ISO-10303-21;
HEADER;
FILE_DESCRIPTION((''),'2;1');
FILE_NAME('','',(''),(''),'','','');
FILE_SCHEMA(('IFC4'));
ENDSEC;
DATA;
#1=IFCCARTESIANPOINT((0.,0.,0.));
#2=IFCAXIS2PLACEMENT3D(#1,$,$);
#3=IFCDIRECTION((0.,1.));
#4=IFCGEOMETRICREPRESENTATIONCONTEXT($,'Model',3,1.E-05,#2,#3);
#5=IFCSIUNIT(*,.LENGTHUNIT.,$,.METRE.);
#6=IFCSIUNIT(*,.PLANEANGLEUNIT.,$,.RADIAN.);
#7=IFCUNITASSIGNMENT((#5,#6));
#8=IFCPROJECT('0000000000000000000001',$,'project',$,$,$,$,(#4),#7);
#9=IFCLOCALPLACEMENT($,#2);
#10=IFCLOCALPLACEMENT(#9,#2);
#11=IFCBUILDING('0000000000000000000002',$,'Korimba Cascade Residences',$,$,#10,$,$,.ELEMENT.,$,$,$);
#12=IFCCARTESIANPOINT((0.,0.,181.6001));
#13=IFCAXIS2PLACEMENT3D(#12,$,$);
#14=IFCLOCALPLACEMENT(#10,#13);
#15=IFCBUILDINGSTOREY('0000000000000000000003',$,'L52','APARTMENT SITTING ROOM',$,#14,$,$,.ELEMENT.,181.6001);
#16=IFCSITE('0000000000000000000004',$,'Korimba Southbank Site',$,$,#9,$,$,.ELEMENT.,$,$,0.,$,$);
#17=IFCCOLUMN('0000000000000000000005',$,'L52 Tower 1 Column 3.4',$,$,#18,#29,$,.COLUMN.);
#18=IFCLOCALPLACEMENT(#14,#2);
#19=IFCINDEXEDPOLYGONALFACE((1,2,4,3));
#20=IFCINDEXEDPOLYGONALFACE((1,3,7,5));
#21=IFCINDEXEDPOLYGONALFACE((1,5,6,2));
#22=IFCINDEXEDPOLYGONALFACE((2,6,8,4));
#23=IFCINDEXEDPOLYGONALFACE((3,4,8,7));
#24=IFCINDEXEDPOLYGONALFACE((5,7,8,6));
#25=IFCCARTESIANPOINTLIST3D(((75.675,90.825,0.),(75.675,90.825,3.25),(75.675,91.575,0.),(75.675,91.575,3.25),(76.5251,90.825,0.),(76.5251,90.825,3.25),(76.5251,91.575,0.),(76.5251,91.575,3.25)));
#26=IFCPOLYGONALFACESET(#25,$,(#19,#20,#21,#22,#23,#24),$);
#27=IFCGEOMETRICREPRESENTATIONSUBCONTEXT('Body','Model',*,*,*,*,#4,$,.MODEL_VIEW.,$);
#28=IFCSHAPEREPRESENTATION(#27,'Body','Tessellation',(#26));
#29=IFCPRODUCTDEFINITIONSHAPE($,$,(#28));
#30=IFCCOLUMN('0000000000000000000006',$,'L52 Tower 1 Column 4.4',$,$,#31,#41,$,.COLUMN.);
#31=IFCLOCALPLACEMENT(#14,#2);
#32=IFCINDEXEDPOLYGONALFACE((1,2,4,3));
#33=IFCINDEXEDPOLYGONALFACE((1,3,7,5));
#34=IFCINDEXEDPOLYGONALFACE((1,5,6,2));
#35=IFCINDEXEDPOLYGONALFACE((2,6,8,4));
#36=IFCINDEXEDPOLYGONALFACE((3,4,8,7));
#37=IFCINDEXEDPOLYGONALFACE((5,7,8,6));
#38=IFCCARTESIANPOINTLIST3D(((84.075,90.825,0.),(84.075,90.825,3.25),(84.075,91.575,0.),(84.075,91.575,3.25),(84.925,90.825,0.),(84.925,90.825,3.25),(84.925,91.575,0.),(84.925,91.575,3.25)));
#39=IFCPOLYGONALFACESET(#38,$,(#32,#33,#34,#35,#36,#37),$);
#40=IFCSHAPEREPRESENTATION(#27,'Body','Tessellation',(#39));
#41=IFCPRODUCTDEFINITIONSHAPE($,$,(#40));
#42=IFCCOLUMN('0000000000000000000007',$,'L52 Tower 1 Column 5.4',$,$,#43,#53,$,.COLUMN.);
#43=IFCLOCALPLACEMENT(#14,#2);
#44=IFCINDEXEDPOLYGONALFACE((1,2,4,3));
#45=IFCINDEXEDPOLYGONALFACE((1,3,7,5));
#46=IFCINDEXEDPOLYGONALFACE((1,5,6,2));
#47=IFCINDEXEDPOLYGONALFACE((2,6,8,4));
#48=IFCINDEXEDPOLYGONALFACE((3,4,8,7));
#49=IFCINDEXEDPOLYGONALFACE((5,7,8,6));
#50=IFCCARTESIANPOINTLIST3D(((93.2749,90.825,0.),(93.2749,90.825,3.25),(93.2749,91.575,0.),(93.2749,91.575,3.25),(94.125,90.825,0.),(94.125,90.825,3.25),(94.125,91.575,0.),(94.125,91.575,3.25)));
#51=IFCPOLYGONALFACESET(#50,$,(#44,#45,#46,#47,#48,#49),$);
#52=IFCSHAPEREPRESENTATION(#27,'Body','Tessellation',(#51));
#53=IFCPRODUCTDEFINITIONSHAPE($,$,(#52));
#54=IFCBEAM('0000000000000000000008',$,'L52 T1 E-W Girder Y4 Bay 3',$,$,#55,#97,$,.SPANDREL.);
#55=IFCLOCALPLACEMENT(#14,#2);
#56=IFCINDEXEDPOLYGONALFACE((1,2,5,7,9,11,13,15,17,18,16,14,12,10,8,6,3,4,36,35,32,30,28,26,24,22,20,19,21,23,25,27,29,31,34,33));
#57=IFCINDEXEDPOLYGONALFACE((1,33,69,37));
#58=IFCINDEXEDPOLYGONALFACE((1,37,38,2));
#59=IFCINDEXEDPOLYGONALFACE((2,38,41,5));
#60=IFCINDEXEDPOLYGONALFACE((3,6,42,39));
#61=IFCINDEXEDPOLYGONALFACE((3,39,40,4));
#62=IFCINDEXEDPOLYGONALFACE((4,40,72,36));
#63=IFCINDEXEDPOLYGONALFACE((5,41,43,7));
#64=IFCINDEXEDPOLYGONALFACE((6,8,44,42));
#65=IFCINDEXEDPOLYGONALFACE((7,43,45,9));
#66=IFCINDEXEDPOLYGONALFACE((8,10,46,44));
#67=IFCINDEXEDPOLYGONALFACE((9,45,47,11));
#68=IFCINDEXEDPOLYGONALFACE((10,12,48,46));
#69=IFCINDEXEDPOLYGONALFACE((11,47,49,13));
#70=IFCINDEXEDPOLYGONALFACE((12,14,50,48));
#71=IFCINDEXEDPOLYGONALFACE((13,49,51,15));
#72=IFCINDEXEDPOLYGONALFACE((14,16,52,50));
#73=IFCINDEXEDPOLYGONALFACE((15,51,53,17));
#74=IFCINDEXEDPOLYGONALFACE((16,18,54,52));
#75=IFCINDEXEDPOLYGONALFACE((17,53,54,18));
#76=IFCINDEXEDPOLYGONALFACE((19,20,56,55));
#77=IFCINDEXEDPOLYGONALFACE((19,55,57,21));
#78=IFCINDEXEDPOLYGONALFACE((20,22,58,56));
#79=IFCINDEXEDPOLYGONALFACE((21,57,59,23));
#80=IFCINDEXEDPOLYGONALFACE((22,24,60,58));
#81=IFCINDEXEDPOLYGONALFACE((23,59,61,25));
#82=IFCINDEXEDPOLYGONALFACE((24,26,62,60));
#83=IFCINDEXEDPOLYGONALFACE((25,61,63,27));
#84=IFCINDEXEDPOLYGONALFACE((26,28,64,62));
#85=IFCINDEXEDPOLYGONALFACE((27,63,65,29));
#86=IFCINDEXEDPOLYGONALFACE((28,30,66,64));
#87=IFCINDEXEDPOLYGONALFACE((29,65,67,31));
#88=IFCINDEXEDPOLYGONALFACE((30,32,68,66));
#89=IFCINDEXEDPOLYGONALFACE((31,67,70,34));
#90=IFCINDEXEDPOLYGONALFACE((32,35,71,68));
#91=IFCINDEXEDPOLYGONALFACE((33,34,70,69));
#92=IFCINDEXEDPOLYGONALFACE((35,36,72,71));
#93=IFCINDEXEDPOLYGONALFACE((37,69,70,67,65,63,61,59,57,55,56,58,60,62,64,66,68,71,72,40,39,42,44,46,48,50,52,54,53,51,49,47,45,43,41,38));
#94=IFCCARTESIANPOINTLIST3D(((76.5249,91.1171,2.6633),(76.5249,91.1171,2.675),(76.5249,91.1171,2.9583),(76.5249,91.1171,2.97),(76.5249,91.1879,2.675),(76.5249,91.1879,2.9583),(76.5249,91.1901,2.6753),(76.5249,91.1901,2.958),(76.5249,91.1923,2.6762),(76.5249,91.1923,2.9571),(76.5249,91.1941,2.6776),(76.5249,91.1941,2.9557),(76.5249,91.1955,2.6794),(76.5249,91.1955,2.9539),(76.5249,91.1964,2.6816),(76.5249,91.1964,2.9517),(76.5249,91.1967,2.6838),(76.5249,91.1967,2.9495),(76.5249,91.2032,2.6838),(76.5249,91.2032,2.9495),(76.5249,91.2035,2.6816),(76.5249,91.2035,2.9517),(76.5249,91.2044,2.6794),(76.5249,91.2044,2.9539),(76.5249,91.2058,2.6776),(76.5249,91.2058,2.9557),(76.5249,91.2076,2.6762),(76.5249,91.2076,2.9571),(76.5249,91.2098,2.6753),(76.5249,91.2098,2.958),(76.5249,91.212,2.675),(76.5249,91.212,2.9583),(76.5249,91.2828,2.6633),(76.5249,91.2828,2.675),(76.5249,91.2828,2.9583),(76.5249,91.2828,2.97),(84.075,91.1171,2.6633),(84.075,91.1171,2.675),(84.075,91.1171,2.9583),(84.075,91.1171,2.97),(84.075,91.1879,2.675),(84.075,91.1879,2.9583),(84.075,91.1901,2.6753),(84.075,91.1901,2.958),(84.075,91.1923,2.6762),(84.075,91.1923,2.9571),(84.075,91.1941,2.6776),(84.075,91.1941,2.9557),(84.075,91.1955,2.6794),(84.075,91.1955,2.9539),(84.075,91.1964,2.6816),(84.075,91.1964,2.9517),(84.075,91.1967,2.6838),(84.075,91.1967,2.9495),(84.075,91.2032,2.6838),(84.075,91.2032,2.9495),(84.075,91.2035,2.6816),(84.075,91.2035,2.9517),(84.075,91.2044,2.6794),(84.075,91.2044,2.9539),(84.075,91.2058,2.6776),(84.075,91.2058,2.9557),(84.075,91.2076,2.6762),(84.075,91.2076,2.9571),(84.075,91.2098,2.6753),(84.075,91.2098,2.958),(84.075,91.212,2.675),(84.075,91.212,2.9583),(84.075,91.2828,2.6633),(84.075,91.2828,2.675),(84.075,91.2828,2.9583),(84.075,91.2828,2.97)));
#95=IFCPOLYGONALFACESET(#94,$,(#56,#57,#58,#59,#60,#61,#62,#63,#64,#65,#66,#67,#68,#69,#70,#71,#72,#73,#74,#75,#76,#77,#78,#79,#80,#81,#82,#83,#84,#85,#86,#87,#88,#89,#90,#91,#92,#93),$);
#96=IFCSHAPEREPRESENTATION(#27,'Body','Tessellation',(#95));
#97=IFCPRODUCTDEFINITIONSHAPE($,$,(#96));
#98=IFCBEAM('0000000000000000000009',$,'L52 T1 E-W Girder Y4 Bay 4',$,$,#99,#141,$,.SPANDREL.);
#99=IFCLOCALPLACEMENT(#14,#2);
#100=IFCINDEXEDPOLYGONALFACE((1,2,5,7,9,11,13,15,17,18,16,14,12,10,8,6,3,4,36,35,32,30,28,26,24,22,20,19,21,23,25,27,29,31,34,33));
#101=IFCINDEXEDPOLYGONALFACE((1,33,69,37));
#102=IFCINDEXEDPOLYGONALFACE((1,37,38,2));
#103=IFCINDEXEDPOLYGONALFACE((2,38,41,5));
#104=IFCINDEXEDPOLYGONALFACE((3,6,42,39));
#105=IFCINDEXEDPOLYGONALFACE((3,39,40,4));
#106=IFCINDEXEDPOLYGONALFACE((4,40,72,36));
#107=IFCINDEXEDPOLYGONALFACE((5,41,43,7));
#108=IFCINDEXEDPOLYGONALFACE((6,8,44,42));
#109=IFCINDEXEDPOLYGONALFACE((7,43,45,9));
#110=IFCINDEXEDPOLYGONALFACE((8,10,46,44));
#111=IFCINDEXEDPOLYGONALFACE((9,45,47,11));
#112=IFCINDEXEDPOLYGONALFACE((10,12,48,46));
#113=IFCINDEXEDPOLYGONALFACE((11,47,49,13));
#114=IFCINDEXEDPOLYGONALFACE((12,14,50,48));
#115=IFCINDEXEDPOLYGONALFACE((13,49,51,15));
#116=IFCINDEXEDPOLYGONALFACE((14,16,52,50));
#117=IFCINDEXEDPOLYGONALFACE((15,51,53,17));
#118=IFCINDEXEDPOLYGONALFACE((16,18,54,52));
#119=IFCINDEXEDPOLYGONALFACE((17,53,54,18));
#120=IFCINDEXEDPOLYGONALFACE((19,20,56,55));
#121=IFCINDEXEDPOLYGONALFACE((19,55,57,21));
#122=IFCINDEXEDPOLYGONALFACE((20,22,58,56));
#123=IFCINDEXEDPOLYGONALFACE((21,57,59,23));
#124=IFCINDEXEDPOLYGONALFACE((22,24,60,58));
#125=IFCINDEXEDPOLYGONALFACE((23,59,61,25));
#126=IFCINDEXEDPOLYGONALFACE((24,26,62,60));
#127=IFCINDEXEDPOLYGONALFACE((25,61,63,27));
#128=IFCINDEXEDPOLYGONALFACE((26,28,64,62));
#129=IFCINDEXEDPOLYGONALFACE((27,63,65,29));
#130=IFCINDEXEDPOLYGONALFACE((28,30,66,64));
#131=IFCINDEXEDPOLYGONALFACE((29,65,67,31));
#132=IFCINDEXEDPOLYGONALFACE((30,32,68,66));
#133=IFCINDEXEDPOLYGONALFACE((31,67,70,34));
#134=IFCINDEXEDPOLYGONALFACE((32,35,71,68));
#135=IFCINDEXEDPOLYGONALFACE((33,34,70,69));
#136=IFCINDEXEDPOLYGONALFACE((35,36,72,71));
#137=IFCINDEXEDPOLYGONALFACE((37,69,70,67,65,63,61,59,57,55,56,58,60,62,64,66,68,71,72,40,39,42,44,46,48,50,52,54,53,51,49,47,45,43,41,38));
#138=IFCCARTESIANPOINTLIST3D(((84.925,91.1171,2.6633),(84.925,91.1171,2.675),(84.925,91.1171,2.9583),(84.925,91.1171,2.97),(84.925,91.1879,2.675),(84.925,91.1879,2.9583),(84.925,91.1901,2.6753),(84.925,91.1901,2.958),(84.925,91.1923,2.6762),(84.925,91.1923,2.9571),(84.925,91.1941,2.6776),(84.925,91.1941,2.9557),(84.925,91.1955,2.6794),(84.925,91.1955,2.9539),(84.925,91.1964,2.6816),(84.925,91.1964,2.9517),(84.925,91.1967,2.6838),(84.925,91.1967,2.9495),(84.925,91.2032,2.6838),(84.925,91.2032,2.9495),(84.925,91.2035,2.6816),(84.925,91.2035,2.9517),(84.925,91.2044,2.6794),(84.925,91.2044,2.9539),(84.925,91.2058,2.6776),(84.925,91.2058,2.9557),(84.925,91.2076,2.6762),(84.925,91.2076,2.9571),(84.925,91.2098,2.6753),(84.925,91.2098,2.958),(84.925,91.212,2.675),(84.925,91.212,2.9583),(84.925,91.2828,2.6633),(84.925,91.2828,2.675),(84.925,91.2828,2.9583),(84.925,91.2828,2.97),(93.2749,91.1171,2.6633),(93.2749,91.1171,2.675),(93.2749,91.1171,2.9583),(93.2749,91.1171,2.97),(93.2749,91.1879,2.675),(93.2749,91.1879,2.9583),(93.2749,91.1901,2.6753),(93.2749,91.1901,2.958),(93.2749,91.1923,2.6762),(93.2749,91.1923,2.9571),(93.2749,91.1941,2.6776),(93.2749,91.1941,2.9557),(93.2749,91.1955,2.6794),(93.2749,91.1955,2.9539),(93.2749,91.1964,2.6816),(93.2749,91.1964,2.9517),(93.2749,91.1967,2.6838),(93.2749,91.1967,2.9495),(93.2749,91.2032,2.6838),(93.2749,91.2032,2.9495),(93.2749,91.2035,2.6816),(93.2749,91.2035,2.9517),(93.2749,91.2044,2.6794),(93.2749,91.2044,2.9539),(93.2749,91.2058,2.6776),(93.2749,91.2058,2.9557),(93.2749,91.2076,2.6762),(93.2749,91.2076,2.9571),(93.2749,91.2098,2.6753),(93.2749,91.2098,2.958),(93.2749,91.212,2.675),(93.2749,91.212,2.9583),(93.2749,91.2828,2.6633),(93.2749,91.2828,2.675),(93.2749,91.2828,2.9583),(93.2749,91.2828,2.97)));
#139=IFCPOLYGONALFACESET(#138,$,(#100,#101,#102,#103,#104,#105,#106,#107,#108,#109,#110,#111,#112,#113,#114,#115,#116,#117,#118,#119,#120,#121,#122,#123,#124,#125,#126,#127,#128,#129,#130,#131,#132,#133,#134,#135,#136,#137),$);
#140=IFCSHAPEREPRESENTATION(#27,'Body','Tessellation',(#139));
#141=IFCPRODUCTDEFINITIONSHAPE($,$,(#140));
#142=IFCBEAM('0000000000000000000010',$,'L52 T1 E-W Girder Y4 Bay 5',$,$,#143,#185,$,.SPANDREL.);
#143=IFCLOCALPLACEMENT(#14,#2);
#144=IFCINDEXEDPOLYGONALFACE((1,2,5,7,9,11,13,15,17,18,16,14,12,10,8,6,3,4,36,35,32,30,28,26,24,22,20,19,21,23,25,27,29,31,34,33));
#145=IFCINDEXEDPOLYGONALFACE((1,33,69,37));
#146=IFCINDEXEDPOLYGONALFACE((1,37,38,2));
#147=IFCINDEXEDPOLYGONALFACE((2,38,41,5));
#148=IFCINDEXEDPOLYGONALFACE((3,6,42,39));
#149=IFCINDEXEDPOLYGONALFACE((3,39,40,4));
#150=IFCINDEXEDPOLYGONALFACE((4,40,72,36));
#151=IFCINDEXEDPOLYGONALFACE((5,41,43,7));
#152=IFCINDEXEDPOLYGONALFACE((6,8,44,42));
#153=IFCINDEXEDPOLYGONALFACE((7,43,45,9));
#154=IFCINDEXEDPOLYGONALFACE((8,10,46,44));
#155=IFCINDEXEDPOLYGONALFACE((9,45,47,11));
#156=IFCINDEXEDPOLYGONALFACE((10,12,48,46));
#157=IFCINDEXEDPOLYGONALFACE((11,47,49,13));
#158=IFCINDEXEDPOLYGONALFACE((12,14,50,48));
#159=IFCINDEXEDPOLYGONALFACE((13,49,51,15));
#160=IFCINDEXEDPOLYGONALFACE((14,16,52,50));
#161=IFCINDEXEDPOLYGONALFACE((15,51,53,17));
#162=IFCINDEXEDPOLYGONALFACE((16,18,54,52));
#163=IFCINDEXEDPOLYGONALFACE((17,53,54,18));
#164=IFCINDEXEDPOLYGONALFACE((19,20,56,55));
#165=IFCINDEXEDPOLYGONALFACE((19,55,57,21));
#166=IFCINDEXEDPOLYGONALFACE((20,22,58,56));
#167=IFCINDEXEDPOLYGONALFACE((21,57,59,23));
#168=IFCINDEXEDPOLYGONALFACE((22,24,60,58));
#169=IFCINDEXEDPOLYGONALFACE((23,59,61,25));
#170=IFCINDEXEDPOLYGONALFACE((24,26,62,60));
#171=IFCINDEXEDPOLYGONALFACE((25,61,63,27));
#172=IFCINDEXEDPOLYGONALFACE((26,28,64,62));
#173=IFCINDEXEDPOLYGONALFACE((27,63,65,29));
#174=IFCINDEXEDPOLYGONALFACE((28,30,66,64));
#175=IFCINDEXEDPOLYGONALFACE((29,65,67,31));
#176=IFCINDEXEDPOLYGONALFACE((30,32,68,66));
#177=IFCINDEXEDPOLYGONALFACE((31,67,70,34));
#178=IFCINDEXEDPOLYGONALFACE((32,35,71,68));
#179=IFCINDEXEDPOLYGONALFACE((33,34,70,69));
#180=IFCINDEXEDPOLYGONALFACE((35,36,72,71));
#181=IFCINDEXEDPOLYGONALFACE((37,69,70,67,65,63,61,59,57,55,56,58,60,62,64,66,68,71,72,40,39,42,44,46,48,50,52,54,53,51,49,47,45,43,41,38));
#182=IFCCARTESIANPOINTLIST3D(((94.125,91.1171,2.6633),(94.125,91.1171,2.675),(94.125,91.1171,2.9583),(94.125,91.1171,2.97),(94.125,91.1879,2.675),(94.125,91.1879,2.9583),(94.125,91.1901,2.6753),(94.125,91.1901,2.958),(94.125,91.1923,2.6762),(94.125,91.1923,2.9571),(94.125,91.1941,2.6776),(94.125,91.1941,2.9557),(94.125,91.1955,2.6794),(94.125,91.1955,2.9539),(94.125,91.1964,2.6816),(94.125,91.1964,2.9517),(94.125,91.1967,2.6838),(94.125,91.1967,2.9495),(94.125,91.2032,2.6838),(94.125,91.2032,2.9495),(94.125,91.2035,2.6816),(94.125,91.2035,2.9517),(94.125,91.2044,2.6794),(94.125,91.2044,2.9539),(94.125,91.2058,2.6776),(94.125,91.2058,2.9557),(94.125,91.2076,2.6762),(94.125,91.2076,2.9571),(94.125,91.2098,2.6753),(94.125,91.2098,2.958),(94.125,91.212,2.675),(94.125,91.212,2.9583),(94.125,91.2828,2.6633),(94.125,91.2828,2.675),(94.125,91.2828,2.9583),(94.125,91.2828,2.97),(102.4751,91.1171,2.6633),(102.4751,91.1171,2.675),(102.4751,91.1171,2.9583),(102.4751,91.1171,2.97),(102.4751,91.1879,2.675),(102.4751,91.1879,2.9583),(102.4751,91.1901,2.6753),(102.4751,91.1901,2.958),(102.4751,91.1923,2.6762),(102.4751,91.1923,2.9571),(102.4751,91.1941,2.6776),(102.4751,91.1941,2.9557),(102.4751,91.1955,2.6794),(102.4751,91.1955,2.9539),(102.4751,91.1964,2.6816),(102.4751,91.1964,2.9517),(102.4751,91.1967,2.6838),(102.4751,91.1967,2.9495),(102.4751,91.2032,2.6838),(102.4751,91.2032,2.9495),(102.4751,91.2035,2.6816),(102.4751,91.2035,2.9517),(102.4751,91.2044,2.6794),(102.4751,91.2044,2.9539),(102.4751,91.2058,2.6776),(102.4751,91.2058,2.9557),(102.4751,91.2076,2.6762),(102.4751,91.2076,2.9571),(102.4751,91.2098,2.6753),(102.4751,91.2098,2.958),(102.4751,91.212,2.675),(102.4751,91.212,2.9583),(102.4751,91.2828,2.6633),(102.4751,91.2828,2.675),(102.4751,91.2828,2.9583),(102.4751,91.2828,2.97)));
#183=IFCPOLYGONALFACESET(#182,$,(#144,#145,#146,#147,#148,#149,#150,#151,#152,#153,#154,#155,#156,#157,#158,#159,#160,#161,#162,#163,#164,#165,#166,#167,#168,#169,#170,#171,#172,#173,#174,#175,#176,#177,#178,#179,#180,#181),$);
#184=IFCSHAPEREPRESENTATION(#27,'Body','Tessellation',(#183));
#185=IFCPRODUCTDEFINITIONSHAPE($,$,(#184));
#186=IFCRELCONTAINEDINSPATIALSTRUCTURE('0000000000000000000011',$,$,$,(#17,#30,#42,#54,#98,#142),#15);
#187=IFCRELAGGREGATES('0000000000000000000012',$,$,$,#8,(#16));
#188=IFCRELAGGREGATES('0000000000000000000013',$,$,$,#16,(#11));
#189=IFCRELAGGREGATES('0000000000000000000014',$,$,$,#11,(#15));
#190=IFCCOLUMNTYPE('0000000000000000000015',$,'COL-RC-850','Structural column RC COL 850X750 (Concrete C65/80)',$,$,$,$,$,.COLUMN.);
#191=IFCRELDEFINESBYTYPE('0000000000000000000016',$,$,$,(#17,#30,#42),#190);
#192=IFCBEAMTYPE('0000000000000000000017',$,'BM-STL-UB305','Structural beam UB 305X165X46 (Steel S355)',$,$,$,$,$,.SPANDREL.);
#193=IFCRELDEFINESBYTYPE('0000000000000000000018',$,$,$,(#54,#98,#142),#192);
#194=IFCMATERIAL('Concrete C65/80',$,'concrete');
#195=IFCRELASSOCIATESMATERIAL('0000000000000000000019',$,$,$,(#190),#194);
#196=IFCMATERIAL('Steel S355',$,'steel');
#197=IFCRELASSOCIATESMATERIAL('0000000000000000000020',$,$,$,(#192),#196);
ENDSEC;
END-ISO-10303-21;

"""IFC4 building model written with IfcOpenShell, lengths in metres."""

from ifc_helpers import new_model, si_unit, direction, frame, origin, origin_2d, place, context, subcontext, project, spatial, rectangle, i_section, extrude, material, material_profile, profile_set, type_object, element, save


model = new_model("IFC4")

# Units and contexts
model_context = context("Model", 3, precision=1e-05, world=origin(), true_north=direction((0.0, 1.0)))
body_context = subcontext(model_context, "Body", "Model", "MODEL_VIEW")
ifc_project = project(units=[si_unit("LENGTHUNIT", "METRE"), si_unit("PLANEANGLEUNIT", "RADIAN")], contexts=[model_context])

# Site, building, storey
site_placement = place(None, origin())
site = spatial("IfcSite", under=ifc_project, at=site_placement, Name="Korimba Southbank Site", CompositionType="ELEMENT", RefElevation=0.0)
building_placement = place(site_placement, origin())
building = spatial("IfcBuilding", under=site, at=building_placement, Name="Korimba Cascade Residences", CompositionType="ELEMENT")
storey_placement = place(building_placement, frame((0.0, 0.0, 181.6001)))
storey = spatial("IfcBuildingStorey", under=building, at=storey_placement, Name="L52", Description="APARTMENT SITTING ROOM", CompositionType="ELEMENT", Elevation=181.6001)

# Columns
ifc_material_1 = material(Name="Concrete C65/80", Category="concrete")
ifc_material_profile_1 = material_profile(ifc_material_1, rectangle(XDim=0.8501, YDim=0.75, at=origin_2d()), Name="Concrete C65/80")
ifc_profile_set_1 = profile_set([ifc_material_profile_1], Name="Concrete C65/80")
column_type = type_object("IfcColumnType", Name="COL-RC-850", Description="Structural column RC COL 850X750 (Concrete C65/80)", PredefinedType="COLUMN", material=ifc_profile_set_1)
for number, where, z_axis, x_axis, name in (
    (1, (76.1001, 91.2, 0.0), (0.0, 0.0, 1.0), (1.0, 0.0, 0.0), "L52 Tower 1 Column 3.4"),
    (2, (84.5, 91.2, 0.0), (0.0, 0.0, 1.0), (1.0, 0.0, 0.0), "L52 Tower 1 Column 4.4"),
    (3, (93.7, 91.2, 0.0), (0.0, 0.0, 1.0), (1.0, 0.0, 0.0), "L52 Tower 1 Column 5.4"),
):
    element("IfcColumn", number, at=place(storey_placement, frame(where, z_axis=z_axis, x_axis=x_axis)), inside=storey, type_object=column_type, Name=name, PredefinedType="COLUMN", context=body_context, shape_type="SweptSolid", body=[
        extrude(rectangle(XDim=0.8501, YDim=0.75, at=origin_2d()), origin(), (0.0, 0.0, 1.0), 3.25),
    ])

# Beams
ifc_material_2 = material(Name="Steel S355", Category="steel")
ifc_material_profile_2 = material_profile(ifc_material_2, i_section(OverallWidth=0.1658, OverallDepth=0.3066, WebThickness=0.0066, FlangeThickness=0.0117, FilletRadius=0.0088, at=origin_2d()), Name="Steel S355")
ifc_profile_set_2 = profile_set([ifc_material_profile_2], Name="Steel S355")
beam_type = type_object("IfcBeamType", Name="BM-STL-UB305", Description="Structural beam UB 305X165X46 (Steel S355)", PredefinedType="SPANDREL", material=ifc_profile_set_2)
beam_1_placement = place(storey_placement, frame((76.5249, 91.2, 2.8167), z_axis=(1.0, 0.0, 0.0), x_axis=(0.0, 1.0, 0.0)))
element("IfcBeam", 4, at=beam_1_placement, inside=storey, type_object=beam_type, Name="L52 T1 E-W Girder Y4 Bay 3", PredefinedType="SPANDREL", context=body_context, shape_type="SweptSolid", body=[
    extrude(i_section(OverallWidth=0.1658, OverallDepth=0.3066, WebThickness=0.0066, FlangeThickness=0.0117, FilletRadius=0.0088, at=origin_2d()), origin(), (0.0, 0.0, 1.0), 7.55),
])
beam_2_placement = place(storey_placement, frame((84.925, 91.2, 2.8167), z_axis=(1.0, 0.0, 0.0), x_axis=(0.0, 1.0, 0.0)))
element("IfcBeam", 5, at=beam_2_placement, inside=storey, type_object=beam_type, Name="L52 T1 E-W Girder Y4 Bay 4", PredefinedType="SPANDREL", context=body_context, shape_type="SweptSolid", body=[
    extrude(i_section(OverallWidth=0.1658, OverallDepth=0.3066, WebThickness=0.0066, FlangeThickness=0.0117, FilletRadius=0.0088, at=origin_2d()), origin(), (0.0, 0.0, 1.0), 8.3499),
])
beam_3_placement = place(storey_placement, frame((94.125, 91.2, 2.8167), z_axis=(1.0, 0.0, 0.0), x_axis=(0.0, 1.0, 0.0)))
element("IfcBeam", 6, at=beam_3_placement, inside=storey, type_object=beam_type, Name="L52 T1 E-W Girder Y4 Bay 5", PredefinedType="SPANDREL", context=body_context, shape_type="SweptSolid", body=[
    extrude(i_section(OverallWidth=0.1658, OverallDepth=0.3066, WebThickness=0.0066, FlangeThickness=0.0117, FilletRadius=0.0088, at=origin_2d()), origin(), (0.0, 0.0, 1.0), 8.3501),
])

save(model, "model.ifc")
